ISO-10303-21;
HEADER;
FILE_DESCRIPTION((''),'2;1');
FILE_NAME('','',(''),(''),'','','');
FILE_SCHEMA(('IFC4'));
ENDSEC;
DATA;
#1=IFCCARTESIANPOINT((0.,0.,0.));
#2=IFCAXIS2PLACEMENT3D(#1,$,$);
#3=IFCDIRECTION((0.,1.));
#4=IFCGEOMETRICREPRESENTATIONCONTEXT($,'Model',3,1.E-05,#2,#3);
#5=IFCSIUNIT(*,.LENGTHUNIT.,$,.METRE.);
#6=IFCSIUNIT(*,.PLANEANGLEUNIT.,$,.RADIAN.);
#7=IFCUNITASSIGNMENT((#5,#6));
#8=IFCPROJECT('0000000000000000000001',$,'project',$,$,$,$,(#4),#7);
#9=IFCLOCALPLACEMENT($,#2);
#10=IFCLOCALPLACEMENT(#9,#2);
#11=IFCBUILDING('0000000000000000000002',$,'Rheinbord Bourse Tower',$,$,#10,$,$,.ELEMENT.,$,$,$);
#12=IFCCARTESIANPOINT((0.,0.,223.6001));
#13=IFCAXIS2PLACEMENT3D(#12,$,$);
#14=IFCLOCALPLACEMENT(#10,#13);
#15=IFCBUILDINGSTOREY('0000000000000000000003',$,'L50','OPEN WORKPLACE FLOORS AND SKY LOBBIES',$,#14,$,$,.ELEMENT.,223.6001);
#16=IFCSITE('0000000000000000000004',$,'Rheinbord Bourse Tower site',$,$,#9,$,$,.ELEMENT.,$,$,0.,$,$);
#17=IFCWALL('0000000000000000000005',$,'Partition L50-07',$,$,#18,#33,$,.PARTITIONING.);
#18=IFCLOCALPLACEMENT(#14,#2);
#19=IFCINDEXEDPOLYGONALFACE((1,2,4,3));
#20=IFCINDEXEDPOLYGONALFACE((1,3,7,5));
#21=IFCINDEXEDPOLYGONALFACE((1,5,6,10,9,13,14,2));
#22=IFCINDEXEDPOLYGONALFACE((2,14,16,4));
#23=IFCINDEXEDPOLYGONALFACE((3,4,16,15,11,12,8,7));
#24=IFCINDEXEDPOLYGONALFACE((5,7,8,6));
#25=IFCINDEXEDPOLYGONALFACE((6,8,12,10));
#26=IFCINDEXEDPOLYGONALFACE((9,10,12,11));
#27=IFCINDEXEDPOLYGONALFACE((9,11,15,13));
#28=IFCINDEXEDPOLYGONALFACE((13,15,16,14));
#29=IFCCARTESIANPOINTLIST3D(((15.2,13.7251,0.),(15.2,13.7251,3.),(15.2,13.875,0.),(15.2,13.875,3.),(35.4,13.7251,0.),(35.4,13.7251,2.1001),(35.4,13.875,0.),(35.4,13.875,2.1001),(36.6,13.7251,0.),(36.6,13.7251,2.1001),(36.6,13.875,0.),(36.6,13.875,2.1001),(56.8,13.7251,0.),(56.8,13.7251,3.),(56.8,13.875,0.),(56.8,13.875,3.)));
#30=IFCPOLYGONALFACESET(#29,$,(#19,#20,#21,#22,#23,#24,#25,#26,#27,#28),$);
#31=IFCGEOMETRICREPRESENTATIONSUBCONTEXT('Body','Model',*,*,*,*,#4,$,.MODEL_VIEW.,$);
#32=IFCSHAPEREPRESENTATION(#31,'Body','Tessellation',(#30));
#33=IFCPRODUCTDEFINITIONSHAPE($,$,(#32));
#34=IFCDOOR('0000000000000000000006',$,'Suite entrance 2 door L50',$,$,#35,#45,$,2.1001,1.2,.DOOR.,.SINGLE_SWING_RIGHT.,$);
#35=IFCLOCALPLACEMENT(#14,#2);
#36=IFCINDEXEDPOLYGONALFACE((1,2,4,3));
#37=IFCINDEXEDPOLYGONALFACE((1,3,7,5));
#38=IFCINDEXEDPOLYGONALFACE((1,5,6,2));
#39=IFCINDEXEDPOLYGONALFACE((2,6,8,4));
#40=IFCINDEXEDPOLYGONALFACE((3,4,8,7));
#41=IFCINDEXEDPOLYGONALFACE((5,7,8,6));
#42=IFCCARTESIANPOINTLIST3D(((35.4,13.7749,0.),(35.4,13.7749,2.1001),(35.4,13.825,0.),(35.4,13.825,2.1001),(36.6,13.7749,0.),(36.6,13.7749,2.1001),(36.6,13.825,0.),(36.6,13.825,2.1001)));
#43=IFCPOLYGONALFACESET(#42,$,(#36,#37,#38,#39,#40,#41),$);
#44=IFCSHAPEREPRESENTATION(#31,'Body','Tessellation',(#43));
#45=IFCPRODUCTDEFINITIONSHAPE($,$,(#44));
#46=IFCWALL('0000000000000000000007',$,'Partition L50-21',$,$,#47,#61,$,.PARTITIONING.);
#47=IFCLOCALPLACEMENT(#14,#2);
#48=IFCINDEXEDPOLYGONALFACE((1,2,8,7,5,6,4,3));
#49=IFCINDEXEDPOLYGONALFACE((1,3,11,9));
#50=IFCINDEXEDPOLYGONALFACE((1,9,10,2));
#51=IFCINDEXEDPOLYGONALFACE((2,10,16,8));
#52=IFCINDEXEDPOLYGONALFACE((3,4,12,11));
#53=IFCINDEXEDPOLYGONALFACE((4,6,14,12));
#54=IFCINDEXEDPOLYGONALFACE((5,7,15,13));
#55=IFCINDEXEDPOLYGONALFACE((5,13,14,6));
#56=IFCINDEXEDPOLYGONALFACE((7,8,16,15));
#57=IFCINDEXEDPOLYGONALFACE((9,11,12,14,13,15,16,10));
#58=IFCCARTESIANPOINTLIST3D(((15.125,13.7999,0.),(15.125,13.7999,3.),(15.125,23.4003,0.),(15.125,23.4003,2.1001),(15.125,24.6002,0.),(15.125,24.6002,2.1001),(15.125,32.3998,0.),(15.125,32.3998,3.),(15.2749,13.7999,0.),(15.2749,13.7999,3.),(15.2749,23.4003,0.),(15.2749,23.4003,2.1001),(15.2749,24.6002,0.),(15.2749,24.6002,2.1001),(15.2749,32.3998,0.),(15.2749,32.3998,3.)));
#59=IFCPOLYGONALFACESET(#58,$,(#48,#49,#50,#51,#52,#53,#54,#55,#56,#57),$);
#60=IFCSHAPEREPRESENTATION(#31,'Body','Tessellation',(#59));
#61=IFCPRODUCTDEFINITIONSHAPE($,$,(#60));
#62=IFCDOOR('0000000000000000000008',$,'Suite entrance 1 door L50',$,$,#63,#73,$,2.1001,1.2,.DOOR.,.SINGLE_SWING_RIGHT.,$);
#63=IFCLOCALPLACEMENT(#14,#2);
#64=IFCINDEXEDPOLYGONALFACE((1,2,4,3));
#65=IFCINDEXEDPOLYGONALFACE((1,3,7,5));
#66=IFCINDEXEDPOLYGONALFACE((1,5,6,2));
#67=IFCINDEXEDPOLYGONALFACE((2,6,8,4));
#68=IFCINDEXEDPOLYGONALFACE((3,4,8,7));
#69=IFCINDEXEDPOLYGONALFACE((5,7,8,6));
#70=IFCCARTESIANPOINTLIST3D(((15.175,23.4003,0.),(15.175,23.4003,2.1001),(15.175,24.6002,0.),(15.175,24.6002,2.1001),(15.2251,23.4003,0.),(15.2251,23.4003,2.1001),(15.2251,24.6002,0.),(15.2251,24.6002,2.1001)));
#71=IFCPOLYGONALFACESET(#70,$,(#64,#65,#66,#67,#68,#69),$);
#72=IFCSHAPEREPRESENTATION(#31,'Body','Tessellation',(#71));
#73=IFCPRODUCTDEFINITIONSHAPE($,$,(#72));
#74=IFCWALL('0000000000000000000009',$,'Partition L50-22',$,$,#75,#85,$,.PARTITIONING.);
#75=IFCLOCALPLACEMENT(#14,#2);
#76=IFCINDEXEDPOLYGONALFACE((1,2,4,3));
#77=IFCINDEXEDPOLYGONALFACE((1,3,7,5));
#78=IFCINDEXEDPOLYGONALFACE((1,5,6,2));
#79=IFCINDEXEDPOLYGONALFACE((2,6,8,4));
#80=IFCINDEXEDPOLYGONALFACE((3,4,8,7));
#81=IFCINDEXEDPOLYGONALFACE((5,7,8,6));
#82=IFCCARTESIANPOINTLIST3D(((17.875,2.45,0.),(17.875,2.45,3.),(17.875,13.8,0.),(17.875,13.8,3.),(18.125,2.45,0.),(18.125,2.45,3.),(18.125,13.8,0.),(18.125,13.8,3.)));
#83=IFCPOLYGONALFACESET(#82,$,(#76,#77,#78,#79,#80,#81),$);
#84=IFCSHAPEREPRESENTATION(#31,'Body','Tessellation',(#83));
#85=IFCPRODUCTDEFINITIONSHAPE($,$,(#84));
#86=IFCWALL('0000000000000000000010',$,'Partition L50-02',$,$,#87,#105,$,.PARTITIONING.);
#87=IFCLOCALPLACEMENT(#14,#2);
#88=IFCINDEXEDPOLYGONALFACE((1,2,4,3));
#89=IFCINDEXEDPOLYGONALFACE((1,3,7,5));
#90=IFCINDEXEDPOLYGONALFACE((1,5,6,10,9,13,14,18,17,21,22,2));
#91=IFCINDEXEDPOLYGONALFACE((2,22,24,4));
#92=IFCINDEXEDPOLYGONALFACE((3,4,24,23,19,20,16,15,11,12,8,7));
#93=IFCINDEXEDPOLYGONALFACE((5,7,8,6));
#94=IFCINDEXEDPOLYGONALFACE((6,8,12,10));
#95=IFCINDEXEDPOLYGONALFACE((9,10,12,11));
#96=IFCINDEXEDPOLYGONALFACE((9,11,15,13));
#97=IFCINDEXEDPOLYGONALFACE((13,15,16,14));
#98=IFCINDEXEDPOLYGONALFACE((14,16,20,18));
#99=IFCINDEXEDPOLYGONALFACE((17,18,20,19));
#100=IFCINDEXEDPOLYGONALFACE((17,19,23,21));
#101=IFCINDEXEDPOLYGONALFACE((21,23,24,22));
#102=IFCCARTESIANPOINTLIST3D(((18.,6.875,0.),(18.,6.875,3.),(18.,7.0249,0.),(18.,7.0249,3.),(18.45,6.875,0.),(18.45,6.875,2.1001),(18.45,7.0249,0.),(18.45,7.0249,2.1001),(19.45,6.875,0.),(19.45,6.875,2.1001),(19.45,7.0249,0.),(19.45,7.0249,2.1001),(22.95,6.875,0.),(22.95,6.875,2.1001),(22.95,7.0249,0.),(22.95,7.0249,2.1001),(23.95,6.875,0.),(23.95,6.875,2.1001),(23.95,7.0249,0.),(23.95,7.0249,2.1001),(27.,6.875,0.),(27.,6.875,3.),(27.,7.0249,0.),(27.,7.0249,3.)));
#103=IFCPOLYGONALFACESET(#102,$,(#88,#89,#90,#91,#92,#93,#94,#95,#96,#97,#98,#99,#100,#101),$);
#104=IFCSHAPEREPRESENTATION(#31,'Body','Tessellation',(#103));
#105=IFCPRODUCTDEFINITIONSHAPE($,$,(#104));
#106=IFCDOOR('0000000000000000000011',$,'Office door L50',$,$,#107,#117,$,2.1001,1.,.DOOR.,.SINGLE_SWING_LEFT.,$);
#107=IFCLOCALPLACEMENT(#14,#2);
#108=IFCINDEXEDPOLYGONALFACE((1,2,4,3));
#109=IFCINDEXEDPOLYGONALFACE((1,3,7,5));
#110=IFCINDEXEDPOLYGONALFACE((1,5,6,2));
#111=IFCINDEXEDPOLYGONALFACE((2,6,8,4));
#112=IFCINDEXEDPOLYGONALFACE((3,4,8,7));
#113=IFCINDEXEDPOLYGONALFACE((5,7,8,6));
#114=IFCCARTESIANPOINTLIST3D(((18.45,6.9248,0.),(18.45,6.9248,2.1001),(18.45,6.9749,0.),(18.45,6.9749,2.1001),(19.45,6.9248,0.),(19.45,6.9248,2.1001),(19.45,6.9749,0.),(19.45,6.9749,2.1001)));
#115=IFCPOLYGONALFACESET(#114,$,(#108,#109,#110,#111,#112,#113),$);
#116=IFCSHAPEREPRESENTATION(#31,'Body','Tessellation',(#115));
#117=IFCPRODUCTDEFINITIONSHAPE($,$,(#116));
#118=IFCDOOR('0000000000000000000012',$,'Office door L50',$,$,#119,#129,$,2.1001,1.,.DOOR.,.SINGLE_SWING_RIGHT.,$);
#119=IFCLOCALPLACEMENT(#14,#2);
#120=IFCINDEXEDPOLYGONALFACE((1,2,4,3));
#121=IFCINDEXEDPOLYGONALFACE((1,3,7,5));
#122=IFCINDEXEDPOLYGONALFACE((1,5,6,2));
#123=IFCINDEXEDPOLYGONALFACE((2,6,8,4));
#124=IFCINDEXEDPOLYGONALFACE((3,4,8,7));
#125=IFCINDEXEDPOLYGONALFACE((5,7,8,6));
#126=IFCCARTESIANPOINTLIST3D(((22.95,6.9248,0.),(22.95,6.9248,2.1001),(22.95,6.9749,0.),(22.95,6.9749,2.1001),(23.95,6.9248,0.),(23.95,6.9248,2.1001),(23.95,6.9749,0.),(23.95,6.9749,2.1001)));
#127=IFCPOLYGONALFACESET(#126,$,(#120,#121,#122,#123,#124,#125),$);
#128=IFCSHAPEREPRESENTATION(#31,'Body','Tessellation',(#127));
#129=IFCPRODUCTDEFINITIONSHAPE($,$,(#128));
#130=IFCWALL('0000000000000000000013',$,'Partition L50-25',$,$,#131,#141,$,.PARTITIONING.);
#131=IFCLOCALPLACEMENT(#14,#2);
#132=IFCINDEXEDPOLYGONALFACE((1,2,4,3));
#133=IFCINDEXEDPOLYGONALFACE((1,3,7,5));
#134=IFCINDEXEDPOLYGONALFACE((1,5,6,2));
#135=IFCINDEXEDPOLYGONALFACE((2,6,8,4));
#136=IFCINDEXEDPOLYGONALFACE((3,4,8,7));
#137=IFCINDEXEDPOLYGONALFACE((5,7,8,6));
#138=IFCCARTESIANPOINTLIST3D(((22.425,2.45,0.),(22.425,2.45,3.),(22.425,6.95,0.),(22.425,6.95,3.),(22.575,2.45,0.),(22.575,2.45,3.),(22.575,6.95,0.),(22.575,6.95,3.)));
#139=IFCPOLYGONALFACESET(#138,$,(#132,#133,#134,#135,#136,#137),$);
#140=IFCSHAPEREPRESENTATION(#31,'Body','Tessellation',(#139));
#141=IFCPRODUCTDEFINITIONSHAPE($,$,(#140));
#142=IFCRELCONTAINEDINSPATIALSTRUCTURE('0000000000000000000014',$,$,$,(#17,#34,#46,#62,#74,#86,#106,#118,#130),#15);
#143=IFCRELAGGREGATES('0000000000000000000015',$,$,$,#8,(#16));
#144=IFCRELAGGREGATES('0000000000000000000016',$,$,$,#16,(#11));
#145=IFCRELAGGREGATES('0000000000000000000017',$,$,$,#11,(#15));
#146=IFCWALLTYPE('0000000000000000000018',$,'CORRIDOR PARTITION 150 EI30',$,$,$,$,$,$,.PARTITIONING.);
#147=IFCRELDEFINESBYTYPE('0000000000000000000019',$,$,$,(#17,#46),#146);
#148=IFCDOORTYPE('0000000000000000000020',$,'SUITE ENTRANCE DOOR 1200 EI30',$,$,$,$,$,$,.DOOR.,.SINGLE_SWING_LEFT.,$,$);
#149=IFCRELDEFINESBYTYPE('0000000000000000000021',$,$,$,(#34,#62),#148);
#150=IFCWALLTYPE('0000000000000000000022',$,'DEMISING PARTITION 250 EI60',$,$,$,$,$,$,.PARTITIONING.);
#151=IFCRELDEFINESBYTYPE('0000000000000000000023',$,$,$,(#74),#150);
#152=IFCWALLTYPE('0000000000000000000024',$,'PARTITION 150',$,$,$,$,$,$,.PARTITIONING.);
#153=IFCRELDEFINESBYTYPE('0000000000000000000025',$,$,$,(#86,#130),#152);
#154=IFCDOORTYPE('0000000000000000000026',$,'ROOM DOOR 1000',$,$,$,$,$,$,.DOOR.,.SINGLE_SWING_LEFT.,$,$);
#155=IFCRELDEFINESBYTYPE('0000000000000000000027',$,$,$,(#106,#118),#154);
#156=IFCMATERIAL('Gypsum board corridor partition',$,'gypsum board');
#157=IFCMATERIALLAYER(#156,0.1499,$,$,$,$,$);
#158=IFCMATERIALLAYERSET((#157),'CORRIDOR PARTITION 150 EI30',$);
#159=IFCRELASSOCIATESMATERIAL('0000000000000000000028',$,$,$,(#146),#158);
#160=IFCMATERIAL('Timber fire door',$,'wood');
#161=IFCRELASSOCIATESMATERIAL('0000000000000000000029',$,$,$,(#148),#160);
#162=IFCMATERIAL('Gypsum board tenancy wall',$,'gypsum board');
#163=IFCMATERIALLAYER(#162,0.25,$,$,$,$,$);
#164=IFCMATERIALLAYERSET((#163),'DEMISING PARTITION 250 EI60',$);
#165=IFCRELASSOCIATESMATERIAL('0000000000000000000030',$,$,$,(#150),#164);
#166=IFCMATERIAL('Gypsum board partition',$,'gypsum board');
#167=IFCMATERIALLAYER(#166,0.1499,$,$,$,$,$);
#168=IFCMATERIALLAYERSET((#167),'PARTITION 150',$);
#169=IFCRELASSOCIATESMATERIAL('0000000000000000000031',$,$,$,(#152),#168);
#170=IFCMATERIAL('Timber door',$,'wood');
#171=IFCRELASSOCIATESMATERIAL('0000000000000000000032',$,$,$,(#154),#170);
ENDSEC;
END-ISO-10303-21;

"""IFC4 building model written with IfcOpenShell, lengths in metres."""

from ifc_helpers import new_model, si_unit, direction, frame, frame_2d, origin, place, context, subcontext, project, spatial, rectangle, extrude, material, layer, layer_set, type_object, element, fill, save


model = new_model("IFC4")

# Units and contexts
model_context = context("Model", 3, precision=1e-05, world=origin(), true_north=direction((0.0, 1.0)))
body_context = subcontext(model_context, "Body", "Model", "MODEL_VIEW")
ifc_project = project(units=[si_unit("LENGTHUNIT", "METRE"), si_unit("PLANEANGLEUNIT", "RADIAN")], contexts=[model_context])

# Site, building, storey
site_placement = place(None, origin())
site = spatial("IfcSite", under=ifc_project, at=site_placement, Name="Rheinbord Bourse Tower site", CompositionType="ELEMENT", RefElevation=0.0)
building_placement = place(site_placement, origin())
building = spatial("IfcBuilding", under=site, at=building_placement, Name="Rheinbord Bourse Tower", CompositionType="ELEMENT")
storey_placement = place(building_placement, frame((0.0, 0.0, 223.6001)))
storey = spatial("IfcBuildingStorey", under=building, at=storey_placement, Name="L50", Description="OPEN WORKPLACE FLOORS AND SKY LOBBIES", CompositionType="ELEMENT", Elevation=223.6001)

# Walls, openings, doors
ifc_material_1 = material(Name="Gypsum board corridor partition", Category="gypsum board")
ifc_layer_1 = layer(ifc_material_1, 0.1499)
ifc_layer_set_1 = layer_set([ifc_layer_1], Name="CORRIDOR PARTITION 150 EI30")
wall_type_1 = type_object("IfcWallType", Name="CORRIDOR PARTITION 150 EI30", PredefinedType="PARTITIONING", material=ifc_layer_set_1)
wall_1_placement = place(storey_placement, frame((15.2, 13.8, 0.0), z_axis=(0.0, 0.0, 1.0), x_axis=(1.0, 0.0, 0.0)))
wall_1 = element("IfcWall", 1, at=wall_1_placement, inside=storey, type_object=wall_type_1, Name="Partition L50-07", PredefinedType="PARTITIONING", context=body_context, shape_type="SweptSolid", body=[
    extrude(rectangle(XDim=41.6001, YDim=0.1499, at=frame_2d((20.8, 0.0))), origin(), (0.0, 0.0, 1.0), 3.0),
])
opening_1_placement = place(wall_1_placement, frame((20.2, 0.0, 0.0)))
opening_1 = element("IfcOpeningElement", 2, at=opening_1_placement, cuts=wall_1, PredefinedType="OPENING", context=body_context, shape_type="SweptSolid", body=[
    extrude(rectangle(XDim=1.2, YDim=2.1001, at=frame_2d((0.6001, 1.05))), frame((0.0, 0.085, 0.0), z_axis=(0.0, -1.0, 0.0), x_axis=(1.0, 0.0, 0.0)), (0.0, 0.0, 1.0), 0.1699),
])
ifc_material_2 = material(Name="Timber fire door", Category="wood")
door_type_1 = type_object("IfcDoorType", Name="SUITE ENTRANCE DOOR 1200 EI30", OperationType="SINGLE_SWING_LEFT", PredefinedType="DOOR", material=ifc_material_2)
door_1_placement = place(opening_1_placement, origin())
door_1 = element("IfcDoor", 3, at=door_1_placement, inside=storey, type_object=door_type_1, Name="Suite entrance 2 door L50", OperationType="SINGLE_SWING_RIGHT", OverallHeight=2.1001, OverallWidth=1.2, PredefinedType="DOOR", context=body_context, shape_type="SweptSolid", body=[
    extrude(rectangle(XDim=1.2, YDim=2.1001, at=frame_2d((0.6001, 1.05))), frame((0.0, 0.0249, 0.0), z_axis=(0.0, -1.0, 0.0), x_axis=(1.0, 0.0, 0.0)), (0.0, 0.0, 1.0), 0.05),
])
fill(opening_1, door_1)
wall_2_placement = place(storey_placement, frame((15.2, 13.8, 0.0), z_axis=(0.0, 0.0, 1.0), x_axis=(0.0, 1.0, 0.0)))
wall_2 = element("IfcWall", 4, at=wall_2_placement, inside=storey, type_object=wall_type_1, Name="Partition L50-21", PredefinedType="PARTITIONING", context=body_context, shape_type="SweptSolid", body=[
    extrude(rectangle(XDim=18.5999, YDim=0.1499, at=frame_2d((9.2998, 0.0))), origin(), (0.0, 0.0, 1.0), 3.0),
])
opening_2_placement = place(wall_2_placement, frame((9.6001, 0.0, 0.0)))
opening_2 = element("IfcOpeningElement", 5, at=opening_2_placement, cuts=wall_2, PredefinedType="OPENING", context=body_context, shape_type="SweptSolid", body=[
    extrude(rectangle(XDim=1.2, YDim=2.1001, at=frame_2d((0.6001, 1.05))), frame((0.0, 0.085, 0.0), z_axis=(0.0, -1.0, 0.0), x_axis=(1.0, 0.0, 0.0)), (0.0, 0.0, 1.0), 0.1699),
])
door_2_placement = place(opening_2_placement, origin())
door_2 = element("IfcDoor", 6, at=door_2_placement, inside=storey, type_object=door_type_1, Name="Suite entrance 1 door L50", OperationType="SINGLE_SWING_RIGHT", OverallHeight=2.1001, OverallWidth=1.2, PredefinedType="DOOR", context=body_context, shape_type="SweptSolid", body=[
    extrude(rectangle(XDim=1.2, YDim=2.1001, at=frame_2d((0.6001, 1.05))), frame((0.0, 0.0249, 0.0), z_axis=(0.0, -1.0, 0.0), x_axis=(1.0, 0.0, 0.0)), (0.0, 0.0, 1.0), 0.05),
])
fill(opening_2, door_2)

# Wall
ifc_material_3 = material(Name="Gypsum board tenancy wall", Category="gypsum board")
ifc_layer_2 = layer(ifc_material_3, 0.25)
ifc_layer_set_2 = layer_set([ifc_layer_2], Name="DEMISING PARTITION 250 EI60")
wall_type_2 = type_object("IfcWallType", Name="DEMISING PARTITION 250 EI60", PredefinedType="PARTITIONING", material=ifc_layer_set_2)
wall_3_placement = place(storey_placement, frame((18.0, 2.45, 0.0), z_axis=(0.0, 0.0, 1.0), x_axis=(0.0, 1.0, 0.0)))
element("IfcWall", 7, at=wall_3_placement, inside=storey, type_object=wall_type_2, Name="Partition L50-22", PredefinedType="PARTITIONING", context=body_context, shape_type="SweptSolid", body=[
    extrude(rectangle(XDim=11.3501, YDim=0.25, at=frame_2d((5.675, 0.0))), origin(), (0.0, 0.0, 1.0), 3.0),
])

# Wall, openings, doors
ifc_material_4 = material(Name="Gypsum board partition", Category="gypsum board")
ifc_layer_3 = layer(ifc_material_4, 0.1499)
ifc_layer_set_3 = layer_set([ifc_layer_3], Name="PARTITION 150")
wall_type_3 = type_object("IfcWallType", Name="PARTITION 150", PredefinedType="PARTITIONING", material=ifc_layer_set_3)
wall_4_placement = place(storey_placement, frame((18.0, 6.95, 0.0), z_axis=(0.0, 0.0, 1.0), x_axis=(1.0, 0.0, 0.0)))
wall_4 = element("IfcWall", 8, at=wall_4_placement, inside=storey, type_object=wall_type_3, Name="Partition L50-02", PredefinedType="PARTITIONING", context=body_context, shape_type="SweptSolid", body=[
    extrude(rectangle(XDim=9.0, YDim=0.1499, at=frame_2d((4.5, 0.0))), origin(), (0.0, 0.0, 1.0), 3.0),
])
opening_3_placement = place(wall_4_placement, frame((0.45, 0.0, 0.0)))
opening_3 = element("IfcOpeningElement", 9, at=opening_3_placement, cuts=wall_4, PredefinedType="OPENING", context=body_context, shape_type="SweptSolid", body=[
    extrude(rectangle(XDim=1.0, YDim=2.1001, at=frame_2d((0.5, 1.05))), frame((0.0, 0.085, 0.0), z_axis=(0.0, -1.0, 0.0), x_axis=(1.0, 0.0, 0.0)), (0.0, 0.0, 1.0), 0.1699),
])
opening_4_placement = place(wall_4_placement, frame((4.95, 0.0, 0.0)))
opening_4 = element("IfcOpeningElement", 10, at=opening_4_placement, cuts=wall_4, PredefinedType="OPENING", context=body_context, shape_type="SweptSolid", body=[
    extrude(rectangle(XDim=1.0, YDim=2.1001, at=frame_2d((0.5, 1.05))), frame((0.0, 0.085, 0.0), z_axis=(0.0, -1.0, 0.0), x_axis=(1.0, 0.0, 0.0)), (0.0, 0.0, 1.0), 0.1699),
])
ifc_material_5 = material(Name="Timber door", Category="wood")
door_type_2 = type_object("IfcDoorType", Name="ROOM DOOR 1000", OperationType="SINGLE_SWING_LEFT", PredefinedType="DOOR", material=ifc_material_5)
door_3_placement = place(opening_3_placement, origin())
door_3 = element("IfcDoor", 11, at=door_3_placement, inside=storey, type_object=door_type_2, Name="Office door L50", OperationType="SINGLE_SWING_LEFT", OverallHeight=2.1001, OverallWidth=1.0, PredefinedType="DOOR", context=body_context, shape_type="SweptSolid", body=[
    extrude(rectangle(XDim=1.0, YDim=2.1001, at=frame_2d((0.5, 1.05))), frame((0.0, 0.0249, 0.0), z_axis=(0.0, -1.0, 0.0), x_axis=(1.0, 0.0, 0.0)), (0.0, 0.0, 1.0), 0.05),
])
fill(opening_3, door_3)
door_4_placement = place(opening_4_placement, origin())
door_4 = element("IfcDoor", 12, at=door_4_placement, inside=storey, type_object=door_type_2, Name="Office door L50", OperationType="SINGLE_SWING_RIGHT", OverallHeight=2.1001, OverallWidth=1.0, PredefinedType="DOOR", context=body_context, shape_type="SweptSolid", body=[
    extrude(rectangle(XDim=1.0, YDim=2.1001, at=frame_2d((0.5, 1.05))), frame((0.0, 0.0249, 0.0), z_axis=(0.0, -1.0, 0.0), x_axis=(1.0, 0.0, 0.0)), (0.0, 0.0, 1.0), 0.05),
])
fill(opening_4, door_4)

# Wall
wall_5_placement = place(storey_placement, frame((22.5, 2.45, 0.0), z_axis=(0.0, 0.0, 1.0), x_axis=(0.0, 1.0, 0.0)))
element("IfcWall", 13, at=wall_5_placement, inside=storey, type_object=wall_type_3, Name="Partition L50-25", PredefinedType="PARTITIONING", context=body_context, shape_type="SweptSolid", body=[
    extrude(rectangle(XDim=4.5, YDim=0.1499, at=frame_2d((2.25, 0.0))), origin(), (0.0, 0.0, 1.0), 3.0),
])

save(model, "model.ifc")
